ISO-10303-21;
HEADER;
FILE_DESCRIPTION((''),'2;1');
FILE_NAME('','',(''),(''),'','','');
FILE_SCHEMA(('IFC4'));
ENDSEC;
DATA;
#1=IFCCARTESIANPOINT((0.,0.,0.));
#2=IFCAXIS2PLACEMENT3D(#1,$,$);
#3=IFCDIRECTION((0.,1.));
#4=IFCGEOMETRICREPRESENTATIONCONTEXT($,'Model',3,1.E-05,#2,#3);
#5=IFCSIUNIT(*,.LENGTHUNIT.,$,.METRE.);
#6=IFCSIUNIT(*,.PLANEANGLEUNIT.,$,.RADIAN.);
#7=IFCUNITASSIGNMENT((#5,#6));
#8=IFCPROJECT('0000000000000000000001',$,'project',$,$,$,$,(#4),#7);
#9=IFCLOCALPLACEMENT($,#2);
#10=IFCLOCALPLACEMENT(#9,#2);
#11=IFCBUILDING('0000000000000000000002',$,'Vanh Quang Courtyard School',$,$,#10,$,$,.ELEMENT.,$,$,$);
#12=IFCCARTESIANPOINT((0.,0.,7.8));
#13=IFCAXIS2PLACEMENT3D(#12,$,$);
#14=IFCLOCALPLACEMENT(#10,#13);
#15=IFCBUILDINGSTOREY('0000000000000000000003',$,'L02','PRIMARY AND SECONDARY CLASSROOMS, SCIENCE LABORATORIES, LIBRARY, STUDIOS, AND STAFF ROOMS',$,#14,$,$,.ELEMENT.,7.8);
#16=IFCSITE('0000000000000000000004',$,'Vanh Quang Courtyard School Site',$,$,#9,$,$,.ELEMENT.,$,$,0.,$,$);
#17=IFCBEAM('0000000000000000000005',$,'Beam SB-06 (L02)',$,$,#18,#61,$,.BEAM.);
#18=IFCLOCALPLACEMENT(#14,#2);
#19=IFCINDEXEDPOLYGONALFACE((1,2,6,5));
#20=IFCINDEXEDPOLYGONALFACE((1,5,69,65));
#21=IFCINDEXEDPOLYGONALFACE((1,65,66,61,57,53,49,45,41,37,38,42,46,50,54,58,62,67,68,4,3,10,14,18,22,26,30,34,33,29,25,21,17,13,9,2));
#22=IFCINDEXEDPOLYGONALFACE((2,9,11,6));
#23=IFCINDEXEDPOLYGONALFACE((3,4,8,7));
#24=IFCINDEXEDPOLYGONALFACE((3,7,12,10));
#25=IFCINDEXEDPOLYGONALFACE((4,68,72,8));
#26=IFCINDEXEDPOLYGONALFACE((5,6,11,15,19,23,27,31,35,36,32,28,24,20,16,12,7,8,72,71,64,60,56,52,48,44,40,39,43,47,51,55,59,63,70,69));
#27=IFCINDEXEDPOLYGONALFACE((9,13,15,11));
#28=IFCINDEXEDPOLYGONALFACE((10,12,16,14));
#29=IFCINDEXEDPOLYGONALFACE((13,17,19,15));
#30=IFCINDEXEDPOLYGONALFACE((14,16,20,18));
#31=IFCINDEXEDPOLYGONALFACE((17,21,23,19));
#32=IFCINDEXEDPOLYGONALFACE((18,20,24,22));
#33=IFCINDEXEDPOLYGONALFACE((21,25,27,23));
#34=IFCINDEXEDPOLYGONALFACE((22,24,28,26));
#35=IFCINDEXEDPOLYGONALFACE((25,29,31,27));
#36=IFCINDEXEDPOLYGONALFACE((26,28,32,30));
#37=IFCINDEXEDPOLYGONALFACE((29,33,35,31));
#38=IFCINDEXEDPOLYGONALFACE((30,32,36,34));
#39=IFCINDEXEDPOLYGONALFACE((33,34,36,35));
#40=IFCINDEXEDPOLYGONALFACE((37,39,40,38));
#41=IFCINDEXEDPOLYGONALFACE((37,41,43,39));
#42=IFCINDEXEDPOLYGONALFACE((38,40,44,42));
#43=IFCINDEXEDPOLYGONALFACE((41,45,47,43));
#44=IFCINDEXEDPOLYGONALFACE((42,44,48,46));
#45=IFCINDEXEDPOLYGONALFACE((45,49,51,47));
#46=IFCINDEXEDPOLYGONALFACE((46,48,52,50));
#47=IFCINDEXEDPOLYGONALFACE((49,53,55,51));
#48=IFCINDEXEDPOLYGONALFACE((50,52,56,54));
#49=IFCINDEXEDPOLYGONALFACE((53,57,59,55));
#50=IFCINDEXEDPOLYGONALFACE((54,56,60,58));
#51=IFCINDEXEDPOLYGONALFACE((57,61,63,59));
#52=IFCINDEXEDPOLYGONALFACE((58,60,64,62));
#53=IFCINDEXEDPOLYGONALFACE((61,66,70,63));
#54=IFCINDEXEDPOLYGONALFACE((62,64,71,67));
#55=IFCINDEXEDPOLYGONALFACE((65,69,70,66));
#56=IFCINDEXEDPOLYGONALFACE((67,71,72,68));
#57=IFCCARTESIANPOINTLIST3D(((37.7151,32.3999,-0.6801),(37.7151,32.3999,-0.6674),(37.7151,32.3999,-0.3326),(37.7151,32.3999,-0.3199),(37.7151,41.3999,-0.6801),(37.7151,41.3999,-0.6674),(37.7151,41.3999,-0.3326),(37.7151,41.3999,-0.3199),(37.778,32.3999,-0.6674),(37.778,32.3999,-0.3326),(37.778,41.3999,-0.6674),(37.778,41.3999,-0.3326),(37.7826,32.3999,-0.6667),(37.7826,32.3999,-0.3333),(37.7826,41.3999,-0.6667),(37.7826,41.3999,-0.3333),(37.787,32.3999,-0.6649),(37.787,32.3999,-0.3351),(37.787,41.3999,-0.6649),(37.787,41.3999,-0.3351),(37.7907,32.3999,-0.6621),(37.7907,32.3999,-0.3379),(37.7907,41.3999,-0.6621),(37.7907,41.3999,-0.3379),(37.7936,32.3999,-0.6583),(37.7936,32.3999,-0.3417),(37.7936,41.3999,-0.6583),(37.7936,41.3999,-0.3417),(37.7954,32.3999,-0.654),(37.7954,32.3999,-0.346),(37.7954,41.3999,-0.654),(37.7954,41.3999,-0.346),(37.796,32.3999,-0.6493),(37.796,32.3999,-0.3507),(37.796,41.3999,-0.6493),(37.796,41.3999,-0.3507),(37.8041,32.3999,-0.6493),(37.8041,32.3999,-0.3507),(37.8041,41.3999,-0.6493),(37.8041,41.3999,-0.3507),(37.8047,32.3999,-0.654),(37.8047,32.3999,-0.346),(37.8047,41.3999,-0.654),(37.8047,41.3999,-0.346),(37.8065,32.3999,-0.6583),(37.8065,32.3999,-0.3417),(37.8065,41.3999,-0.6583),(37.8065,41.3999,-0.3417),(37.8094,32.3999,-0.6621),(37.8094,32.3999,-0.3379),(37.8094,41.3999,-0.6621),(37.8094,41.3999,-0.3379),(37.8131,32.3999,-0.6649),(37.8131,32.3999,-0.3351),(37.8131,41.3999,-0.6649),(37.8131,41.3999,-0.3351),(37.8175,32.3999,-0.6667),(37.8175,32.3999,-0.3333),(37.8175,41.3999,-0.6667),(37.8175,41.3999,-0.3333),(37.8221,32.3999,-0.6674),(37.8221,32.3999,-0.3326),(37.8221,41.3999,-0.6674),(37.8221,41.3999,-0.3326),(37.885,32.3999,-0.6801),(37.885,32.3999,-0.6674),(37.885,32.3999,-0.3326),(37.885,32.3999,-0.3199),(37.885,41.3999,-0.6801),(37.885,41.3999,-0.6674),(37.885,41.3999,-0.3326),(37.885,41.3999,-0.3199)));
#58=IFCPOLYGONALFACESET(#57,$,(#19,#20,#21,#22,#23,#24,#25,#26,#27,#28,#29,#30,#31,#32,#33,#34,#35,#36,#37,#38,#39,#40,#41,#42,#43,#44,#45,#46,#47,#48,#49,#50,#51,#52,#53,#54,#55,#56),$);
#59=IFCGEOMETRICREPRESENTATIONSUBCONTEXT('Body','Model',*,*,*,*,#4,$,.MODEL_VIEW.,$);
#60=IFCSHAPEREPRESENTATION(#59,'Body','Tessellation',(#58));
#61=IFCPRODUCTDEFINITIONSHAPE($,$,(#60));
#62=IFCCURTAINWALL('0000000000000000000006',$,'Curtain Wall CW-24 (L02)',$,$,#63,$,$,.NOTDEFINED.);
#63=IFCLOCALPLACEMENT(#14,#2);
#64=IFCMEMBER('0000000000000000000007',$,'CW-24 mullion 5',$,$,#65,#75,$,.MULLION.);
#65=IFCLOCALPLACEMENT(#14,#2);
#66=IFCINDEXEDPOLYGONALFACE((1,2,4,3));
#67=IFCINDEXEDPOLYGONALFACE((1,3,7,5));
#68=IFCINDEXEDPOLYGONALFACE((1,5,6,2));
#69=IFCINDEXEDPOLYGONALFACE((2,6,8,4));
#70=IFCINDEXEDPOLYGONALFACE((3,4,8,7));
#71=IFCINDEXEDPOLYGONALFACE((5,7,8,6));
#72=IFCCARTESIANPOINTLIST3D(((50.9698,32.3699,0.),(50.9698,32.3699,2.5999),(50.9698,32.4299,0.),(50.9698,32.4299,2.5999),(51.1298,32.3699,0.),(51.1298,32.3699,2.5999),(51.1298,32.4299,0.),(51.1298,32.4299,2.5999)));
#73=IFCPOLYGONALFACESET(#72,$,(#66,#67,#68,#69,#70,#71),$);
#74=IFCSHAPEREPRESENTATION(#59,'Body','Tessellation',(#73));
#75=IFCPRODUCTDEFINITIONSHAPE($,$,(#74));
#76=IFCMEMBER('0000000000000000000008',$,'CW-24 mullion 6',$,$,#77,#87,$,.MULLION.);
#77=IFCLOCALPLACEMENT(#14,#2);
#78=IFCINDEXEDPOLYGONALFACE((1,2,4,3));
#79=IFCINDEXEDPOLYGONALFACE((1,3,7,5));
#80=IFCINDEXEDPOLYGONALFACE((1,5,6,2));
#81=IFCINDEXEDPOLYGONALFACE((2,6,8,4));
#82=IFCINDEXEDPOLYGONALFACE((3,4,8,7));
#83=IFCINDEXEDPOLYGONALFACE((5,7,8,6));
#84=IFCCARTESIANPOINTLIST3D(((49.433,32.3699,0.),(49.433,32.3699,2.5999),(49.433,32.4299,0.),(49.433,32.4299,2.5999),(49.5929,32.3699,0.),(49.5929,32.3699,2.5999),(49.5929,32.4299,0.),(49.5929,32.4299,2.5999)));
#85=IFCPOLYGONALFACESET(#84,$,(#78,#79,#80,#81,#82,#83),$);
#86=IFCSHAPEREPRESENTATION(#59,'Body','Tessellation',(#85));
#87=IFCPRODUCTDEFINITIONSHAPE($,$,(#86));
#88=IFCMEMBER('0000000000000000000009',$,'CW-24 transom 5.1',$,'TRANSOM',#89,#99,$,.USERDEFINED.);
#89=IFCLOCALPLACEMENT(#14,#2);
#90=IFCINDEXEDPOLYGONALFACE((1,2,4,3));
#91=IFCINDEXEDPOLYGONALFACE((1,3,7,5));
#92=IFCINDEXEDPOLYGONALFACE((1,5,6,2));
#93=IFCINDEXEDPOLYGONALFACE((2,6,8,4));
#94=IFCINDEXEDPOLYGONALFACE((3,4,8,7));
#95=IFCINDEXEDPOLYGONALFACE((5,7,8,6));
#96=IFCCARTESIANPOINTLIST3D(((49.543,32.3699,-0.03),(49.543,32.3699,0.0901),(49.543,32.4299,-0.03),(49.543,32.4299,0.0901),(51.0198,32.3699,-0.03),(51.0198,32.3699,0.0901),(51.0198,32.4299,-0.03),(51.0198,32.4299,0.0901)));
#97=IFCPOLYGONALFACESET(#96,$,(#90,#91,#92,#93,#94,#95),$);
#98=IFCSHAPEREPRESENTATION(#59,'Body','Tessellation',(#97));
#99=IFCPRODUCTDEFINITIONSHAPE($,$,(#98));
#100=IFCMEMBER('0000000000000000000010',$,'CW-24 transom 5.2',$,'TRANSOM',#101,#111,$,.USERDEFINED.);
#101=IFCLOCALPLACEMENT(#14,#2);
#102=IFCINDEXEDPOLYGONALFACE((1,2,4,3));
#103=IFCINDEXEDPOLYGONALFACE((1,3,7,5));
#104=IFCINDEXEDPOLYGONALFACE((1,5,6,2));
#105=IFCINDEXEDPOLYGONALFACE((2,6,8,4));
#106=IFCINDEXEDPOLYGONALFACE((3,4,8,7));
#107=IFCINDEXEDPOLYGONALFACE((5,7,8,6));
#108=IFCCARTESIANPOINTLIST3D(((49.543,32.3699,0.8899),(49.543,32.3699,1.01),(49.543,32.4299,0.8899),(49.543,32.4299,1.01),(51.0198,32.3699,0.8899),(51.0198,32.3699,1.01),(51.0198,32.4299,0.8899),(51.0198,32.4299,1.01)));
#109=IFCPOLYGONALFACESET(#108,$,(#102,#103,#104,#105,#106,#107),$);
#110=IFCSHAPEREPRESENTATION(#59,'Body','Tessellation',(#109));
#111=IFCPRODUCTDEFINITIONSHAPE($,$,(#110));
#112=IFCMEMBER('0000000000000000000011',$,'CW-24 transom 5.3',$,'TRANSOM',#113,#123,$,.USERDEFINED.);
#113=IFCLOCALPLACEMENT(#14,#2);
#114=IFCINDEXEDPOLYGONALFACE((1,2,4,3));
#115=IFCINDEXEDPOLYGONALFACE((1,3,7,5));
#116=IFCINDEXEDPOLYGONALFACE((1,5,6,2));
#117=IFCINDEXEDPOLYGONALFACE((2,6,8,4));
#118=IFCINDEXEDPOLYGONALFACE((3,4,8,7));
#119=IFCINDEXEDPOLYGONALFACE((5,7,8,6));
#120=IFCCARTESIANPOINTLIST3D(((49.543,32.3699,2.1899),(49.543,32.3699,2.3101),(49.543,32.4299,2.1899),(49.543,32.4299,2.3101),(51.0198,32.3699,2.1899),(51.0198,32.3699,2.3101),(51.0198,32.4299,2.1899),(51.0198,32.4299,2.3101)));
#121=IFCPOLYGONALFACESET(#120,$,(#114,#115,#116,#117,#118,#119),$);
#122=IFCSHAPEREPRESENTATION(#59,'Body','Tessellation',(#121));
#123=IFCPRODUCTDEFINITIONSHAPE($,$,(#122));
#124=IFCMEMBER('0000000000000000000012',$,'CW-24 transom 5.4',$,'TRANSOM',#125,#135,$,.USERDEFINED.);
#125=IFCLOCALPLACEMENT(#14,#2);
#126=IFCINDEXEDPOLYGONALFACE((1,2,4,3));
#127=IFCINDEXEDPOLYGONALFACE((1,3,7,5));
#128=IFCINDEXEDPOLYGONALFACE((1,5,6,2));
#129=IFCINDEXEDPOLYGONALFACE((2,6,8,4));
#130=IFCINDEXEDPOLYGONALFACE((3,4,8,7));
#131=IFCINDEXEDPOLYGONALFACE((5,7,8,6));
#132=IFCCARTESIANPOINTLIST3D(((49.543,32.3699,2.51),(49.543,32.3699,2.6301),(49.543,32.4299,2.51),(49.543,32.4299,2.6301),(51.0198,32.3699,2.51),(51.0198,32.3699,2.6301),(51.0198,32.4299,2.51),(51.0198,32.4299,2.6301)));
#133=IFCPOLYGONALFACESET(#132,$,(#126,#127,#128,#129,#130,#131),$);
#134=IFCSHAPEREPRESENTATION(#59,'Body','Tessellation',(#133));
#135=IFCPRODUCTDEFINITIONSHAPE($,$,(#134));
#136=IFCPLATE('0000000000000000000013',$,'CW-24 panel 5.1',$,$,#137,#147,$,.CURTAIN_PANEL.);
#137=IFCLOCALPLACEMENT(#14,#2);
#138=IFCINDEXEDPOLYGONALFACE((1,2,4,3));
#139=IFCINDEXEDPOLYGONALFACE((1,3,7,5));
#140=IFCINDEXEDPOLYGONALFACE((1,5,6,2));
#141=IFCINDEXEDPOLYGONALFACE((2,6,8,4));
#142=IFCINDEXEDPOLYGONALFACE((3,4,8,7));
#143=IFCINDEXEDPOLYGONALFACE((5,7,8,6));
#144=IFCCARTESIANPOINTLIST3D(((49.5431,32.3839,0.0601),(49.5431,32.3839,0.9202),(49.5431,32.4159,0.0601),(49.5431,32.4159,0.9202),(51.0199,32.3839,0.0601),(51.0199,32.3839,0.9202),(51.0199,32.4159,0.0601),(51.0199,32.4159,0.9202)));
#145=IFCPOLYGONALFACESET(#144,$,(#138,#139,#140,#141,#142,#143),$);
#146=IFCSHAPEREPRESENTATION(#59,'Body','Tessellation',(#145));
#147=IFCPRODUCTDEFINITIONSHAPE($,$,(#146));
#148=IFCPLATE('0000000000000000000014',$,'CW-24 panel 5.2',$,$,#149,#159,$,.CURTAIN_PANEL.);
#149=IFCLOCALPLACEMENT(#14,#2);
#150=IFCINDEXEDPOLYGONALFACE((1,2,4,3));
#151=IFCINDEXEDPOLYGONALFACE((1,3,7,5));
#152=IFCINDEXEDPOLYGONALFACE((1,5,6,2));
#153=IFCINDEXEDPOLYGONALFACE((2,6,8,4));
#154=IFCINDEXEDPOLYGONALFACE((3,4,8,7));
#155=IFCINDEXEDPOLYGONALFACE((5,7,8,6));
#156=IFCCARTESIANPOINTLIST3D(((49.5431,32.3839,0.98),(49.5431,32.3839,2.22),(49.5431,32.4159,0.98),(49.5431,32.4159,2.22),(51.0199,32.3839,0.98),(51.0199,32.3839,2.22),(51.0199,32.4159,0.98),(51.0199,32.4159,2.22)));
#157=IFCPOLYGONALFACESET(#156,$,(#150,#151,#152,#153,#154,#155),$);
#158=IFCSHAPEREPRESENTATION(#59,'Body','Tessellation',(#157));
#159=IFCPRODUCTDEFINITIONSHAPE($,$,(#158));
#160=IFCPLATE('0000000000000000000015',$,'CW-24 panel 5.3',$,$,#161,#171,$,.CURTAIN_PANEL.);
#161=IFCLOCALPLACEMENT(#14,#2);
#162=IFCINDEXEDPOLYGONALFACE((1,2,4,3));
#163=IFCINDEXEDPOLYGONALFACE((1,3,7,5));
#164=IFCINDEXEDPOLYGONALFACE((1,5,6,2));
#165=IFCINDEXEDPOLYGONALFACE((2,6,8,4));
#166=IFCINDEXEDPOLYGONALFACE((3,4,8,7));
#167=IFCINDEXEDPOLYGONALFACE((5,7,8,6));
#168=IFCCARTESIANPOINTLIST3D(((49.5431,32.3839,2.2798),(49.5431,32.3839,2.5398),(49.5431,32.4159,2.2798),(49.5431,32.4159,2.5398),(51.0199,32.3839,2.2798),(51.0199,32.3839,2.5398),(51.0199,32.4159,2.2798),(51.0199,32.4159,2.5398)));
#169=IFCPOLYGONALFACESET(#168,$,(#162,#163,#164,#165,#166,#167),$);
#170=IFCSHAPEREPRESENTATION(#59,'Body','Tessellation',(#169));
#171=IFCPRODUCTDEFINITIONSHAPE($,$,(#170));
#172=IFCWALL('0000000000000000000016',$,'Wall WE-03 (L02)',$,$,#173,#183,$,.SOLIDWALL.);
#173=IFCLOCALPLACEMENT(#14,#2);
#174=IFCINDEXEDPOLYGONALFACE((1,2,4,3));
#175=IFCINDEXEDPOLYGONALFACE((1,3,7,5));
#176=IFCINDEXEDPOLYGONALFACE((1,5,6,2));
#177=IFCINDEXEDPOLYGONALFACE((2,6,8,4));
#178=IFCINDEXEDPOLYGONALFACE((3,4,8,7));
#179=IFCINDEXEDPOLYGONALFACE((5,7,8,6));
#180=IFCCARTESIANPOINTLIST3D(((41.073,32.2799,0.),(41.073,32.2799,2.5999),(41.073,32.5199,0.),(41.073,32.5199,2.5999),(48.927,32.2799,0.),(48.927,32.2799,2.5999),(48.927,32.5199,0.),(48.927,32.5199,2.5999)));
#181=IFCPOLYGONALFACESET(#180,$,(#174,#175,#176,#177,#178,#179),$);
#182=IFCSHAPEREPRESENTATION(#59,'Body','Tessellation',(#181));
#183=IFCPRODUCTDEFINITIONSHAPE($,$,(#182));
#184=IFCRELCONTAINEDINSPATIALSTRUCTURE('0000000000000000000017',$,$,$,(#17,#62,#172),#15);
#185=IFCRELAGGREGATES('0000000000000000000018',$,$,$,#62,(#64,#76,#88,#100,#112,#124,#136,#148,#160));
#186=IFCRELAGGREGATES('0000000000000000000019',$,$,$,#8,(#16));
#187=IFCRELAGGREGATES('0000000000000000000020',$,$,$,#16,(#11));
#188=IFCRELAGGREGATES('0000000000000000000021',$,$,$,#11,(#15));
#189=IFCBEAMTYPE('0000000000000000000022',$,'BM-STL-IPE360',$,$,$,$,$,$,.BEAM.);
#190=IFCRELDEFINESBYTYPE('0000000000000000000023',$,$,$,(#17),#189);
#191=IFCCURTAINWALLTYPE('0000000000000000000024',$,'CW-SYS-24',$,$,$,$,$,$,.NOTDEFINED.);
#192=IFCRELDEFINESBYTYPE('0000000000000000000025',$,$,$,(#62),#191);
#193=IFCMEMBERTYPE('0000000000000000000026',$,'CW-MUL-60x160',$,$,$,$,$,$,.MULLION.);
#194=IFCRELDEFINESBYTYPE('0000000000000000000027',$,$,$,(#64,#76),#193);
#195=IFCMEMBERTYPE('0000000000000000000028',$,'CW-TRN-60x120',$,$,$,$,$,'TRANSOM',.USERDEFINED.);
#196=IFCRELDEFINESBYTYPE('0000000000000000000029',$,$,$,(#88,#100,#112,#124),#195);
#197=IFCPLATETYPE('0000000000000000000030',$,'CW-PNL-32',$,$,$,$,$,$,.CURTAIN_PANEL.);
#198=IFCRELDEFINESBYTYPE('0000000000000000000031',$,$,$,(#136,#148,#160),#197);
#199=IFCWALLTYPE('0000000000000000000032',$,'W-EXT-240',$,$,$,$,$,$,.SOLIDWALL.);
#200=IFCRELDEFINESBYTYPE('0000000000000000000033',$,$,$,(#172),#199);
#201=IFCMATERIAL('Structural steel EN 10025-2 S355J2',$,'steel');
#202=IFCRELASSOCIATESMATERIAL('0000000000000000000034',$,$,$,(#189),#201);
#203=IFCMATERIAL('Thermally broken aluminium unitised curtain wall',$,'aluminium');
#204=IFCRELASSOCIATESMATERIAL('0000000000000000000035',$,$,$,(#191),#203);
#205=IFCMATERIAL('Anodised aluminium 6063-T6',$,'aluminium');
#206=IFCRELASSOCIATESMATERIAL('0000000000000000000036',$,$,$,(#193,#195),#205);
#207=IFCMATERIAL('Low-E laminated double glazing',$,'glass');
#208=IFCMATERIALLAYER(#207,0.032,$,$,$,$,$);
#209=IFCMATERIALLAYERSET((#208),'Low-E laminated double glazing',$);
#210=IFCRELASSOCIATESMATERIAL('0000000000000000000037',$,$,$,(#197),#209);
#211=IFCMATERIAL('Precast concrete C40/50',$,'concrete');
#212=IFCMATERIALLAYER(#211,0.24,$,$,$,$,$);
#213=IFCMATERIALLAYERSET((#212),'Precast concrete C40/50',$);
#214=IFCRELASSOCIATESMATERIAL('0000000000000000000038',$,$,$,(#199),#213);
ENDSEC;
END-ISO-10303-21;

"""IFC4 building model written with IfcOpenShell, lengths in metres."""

from ifc_helpers import new_model, si_unit, direction, frame, frame_2d, origin, origin_2d, place, context, subcontext, project, spatial, rectangle, i_section, extrude, material, layer, layer_set, material_profile, profile_set, type_object, element, aggregate, save


model = new_model("IFC4")

# Units and contexts
model_context = context("Model", 3, precision=1e-05, world=origin(), true_north=direction((0.0, 1.0)))
body_context = subcontext(model_context, "Body", "Model", "MODEL_VIEW")
ifc_project = project(units=[si_unit("LENGTHUNIT", "METRE"), si_unit("PLANEANGLEUNIT", "RADIAN")], contexts=[model_context])

# Site, building, storey
site_placement = place(None, origin())
site = spatial("IfcSite", under=ifc_project, at=site_placement, Name="Vanh Quang Courtyard School Site", CompositionType="ELEMENT", RefElevation=0.0)
building_placement = place(site_placement, origin())
building = spatial("IfcBuilding", under=site, at=building_placement, Name="Vanh Quang Courtyard School", CompositionType="ELEMENT")
storey_placement = place(building_placement, frame((0.0, 0.0, 7.8)))
storey = spatial("IfcBuildingStorey", under=building, at=storey_placement, Name="L02", Description="PRIMARY AND SECONDARY CLASSROOMS, SCIENCE LABORATORIES, LIBRARY, STUDIOS, AND STAFF ROOMS", CompositionType="ELEMENT", Elevation=7.8)

# Shared definitions
ifc_material_1 = material(Name="Structural steel EN 10025-2 S355J2", Category="steel")

# Beam
ifc_material_profile_1 = material_profile(ifc_material_1, i_section(OverallWidth=0.1699, OverallDepth=0.3601, WebThickness=0.0081, FlangeThickness=0.0127, FilletRadius=0.0181, at=origin_2d()), Name="IPE 360")
ifc_profile_set_1 = profile_set([ifc_material_profile_1], Name="Structural steel EN 10025-2 S355J2")
beam_type_1 = type_object("IfcBeamType", Name="BM-STL-IPE360", PredefinedType="BEAM", material=ifc_profile_set_1)
beam_1_placement = place(storey_placement, frame((37.8, 32.3999, -0.5), z_axis=(0.0, 1.0, 0.0), x_axis=(-1.0, 0.0, 0.0)))
element("IfcBeam", 1, at=beam_1_placement, inside=storey, type_object=beam_type_1, Name="Beam SB-06 (L02)", PredefinedType="BEAM", context=body_context, shape_type="SweptSolid", body=[
    extrude(i_section(OverallWidth=0.1699, OverallDepth=0.3601, WebThickness=0.0081, FlangeThickness=0.0127, FilletRadius=0.0181, at=origin_2d()), origin(), (0.0, 0.0, 1.0), 9.0),
])

# Curtain wall, members, plates
ifc_material_2 = material(Name="Thermally broken aluminium unitised curtain wall", Category="aluminium")
curtain_wall_type = type_object("IfcCurtainWallType", Name="CW-SYS-24", PredefinedType="NOTDEFINED", material=ifc_material_2)
curtain_wall_placement = place(storey_placement, origin())
curtain_wall = element("IfcCurtainWall", 2, at=curtain_wall_placement, inside=storey, type_object=curtain_wall_type, Name="Curtain Wall CW-24 (L02)", PredefinedType="NOTDEFINED")
ifc_material_3 = material(Name="Anodised aluminium 6063-T6", Category="aluminium")
ifc_material_profile_2 = material_profile(ifc_material_3, rectangle(XDim=0.0601, YDim=0.1599, at=origin_2d()), Name="ALU-MUL 60x160")
ifc_profile_set_2 = profile_set([ifc_material_profile_2], Name="Anodised aluminium 6063-T6")
member_type_1 = type_object("IfcMemberType", Name="CW-MUL-60x160", PredefinedType="MULLION", material=ifc_profile_set_2)
member_1_placement = place(storey_placement, frame((51.0498, 32.3999, 0.0), z_axis=(0.0, 0.0, 1.0), x_axis=(0.0, -1.0, 0.0)))
member_1 = element("IfcMember", 3, at=member_1_placement, type_object=member_type_1, Name="CW-24 mullion 5", PredefinedType="MULLION", context=body_context, shape_type="SweptSolid", body=[
    extrude(rectangle(XDim=0.0601, YDim=0.1599, at=origin_2d()), origin(), (0.0, 0.0, 1.0), 2.5999),
])
member_2_placement = place(storey_placement, frame((49.5129, 32.3999, 0.0), z_axis=(0.0, 0.0, 1.0), x_axis=(0.0, -1.0, 0.0)))
member_2 = element("IfcMember", 4, at=member_2_placement, type_object=member_type_1, Name="CW-24 mullion 6", PredefinedType="MULLION", context=body_context, shape_type="SweptSolid", body=[
    extrude(rectangle(XDim=0.0601, YDim=0.1599, at=origin_2d()), origin(), (0.0, 0.0, 1.0), 2.5999),
])
ifc_material_profile_3 = material_profile(ifc_material_3, rectangle(XDim=0.0601, YDim=0.1201, at=origin_2d()), Name="ALU-TRN 60x120")
ifc_profile_set_3 = profile_set([ifc_material_profile_3], Name="Anodised aluminium 6063-T6")
member_type_2 = type_object("IfcMemberType", Name="CW-TRN-60x120", ElementType="TRANSOM", PredefinedType="USERDEFINED", material=ifc_profile_set_3)
member_3_placement = place(storey_placement, frame((51.0198, 32.3999, 0.03), z_axis=(-1.0, 0.0, 0.0), x_axis=(0.0, -1.0, 0.0)))
member_3 = element("IfcMember", 5, at=member_3_placement, type_object=member_type_2, Name="CW-24 transom 5.1", ObjectType="TRANSOM", PredefinedType="USERDEFINED", context=body_context, shape_type="SweptSolid", body=[
    extrude(rectangle(XDim=0.0601, YDim=0.1201, at=origin_2d()), origin(), (0.0, 0.0, 1.0), 1.4768),
])
member_4_placement = place(storey_placement, frame((51.0198, 32.3999, 0.95), z_axis=(-1.0, 0.0, 0.0), x_axis=(0.0, -1.0, 0.0)))
member_4 = element("IfcMember", 6, at=member_4_placement, type_object=member_type_2, Name="CW-24 transom 5.2", ObjectType="TRANSOM", PredefinedType="USERDEFINED", context=body_context, shape_type="SweptSolid", body=[
    extrude(rectangle(XDim=0.0601, YDim=0.1201, at=origin_2d()), origin(), (0.0, 0.0, 1.0), 1.4768),
])
member_5_placement = place(storey_placement, frame((51.0198, 32.3999, 2.25), z_axis=(-1.0, 0.0, 0.0), x_axis=(0.0, -1.0, 0.0)))
member_5 = element("IfcMember", 7, at=member_5_placement, type_object=member_type_2, Name="CW-24 transom 5.3", ObjectType="TRANSOM", PredefinedType="USERDEFINED", context=body_context, shape_type="SweptSolid", body=[
    extrude(rectangle(XDim=0.0601, YDim=0.1201, at=origin_2d()), origin(), (0.0, 0.0, 1.0), 1.4768),
])
member_6_placement = place(storey_placement, frame((51.0198, 32.3999, 2.5701), z_axis=(-1.0, 0.0, 0.0), x_axis=(0.0, -1.0, 0.0)))
member_6 = element("IfcMember", 8, at=member_6_placement, type_object=member_type_2, Name="CW-24 transom 5.4", ObjectType="TRANSOM", PredefinedType="USERDEFINED", context=body_context, shape_type="SweptSolid", body=[
    extrude(rectangle(XDim=0.0601, YDim=0.1201, at=origin_2d()), origin(), (0.0, 0.0, 1.0), 1.4768),
])
ifc_material_4 = material(Name="Low-E laminated double glazing", Category="glass")
ifc_layer_1 = layer(ifc_material_4, 0.032)
ifc_layer_set_1 = layer_set([ifc_layer_1], Name="Low-E laminated double glazing")
plate_type = type_object("IfcPlateType", Name="CW-PNL-32", PredefinedType="CURTAIN_PANEL", material=ifc_layer_set_1)
plate_1_placement = place(storey_placement, frame((50.2815, 32.3999, 0.0601), z_axis=(0.0, 0.0, 1.0), x_axis=(-1.0, 0.0, 0.0)))
plate_1 = element("IfcPlate", 9, at=plate_1_placement, type_object=plate_type, Name="CW-24 panel 5.1", PredefinedType="CURTAIN_PANEL", context=body_context, shape_type="SweptSolid", body=[
    extrude(rectangle(XDim=1.4768, YDim=0.032, at=origin_2d()), origin(), (0.0, 0.0, 1.0), 0.8601),
])
plate_2_placement = place(storey_placement, frame((50.2815, 32.3999, 0.98), z_axis=(0.0, 0.0, 1.0), x_axis=(-1.0, 0.0, 0.0)))
plate_2 = element("IfcPlate", 10, at=plate_2_placement, type_object=plate_type, Name="CW-24 panel 5.2", PredefinedType="CURTAIN_PANEL", context=body_context, shape_type="SweptSolid", body=[
    extrude(rectangle(XDim=1.4768, YDim=0.032, at=origin_2d()), origin(), (0.0, 0.0, 1.0), 1.24),
])
plate_3_placement = place(storey_placement, frame((50.2815, 32.3999, 2.2798), z_axis=(0.0, 0.0, 1.0), x_axis=(-1.0, 0.0, 0.0)))
plate_3 = element("IfcPlate", 11, at=plate_3_placement, type_object=plate_type, Name="CW-24 panel 5.3", PredefinedType="CURTAIN_PANEL", context=body_context, shape_type="SweptSolid", body=[
    extrude(rectangle(XDim=1.4768, YDim=0.032, at=origin_2d()), origin(), (0.0, 0.0, 1.0), 0.26),
])
aggregate(curtain_wall, [member_1, member_2, member_3, member_4, member_5, member_6, plate_1, plate_2, plate_3])

# Wall
ifc_material_5 = material(Name="Precast concrete C40/50", Category="concrete")
ifc_layer_2 = layer(ifc_material_5, 0.24)
ifc_layer_set_2 = layer_set([ifc_layer_2], Name="Precast concrete C40/50")
wall_type = type_object("IfcWallType", Name="W-EXT-240", PredefinedType="SOLIDWALL", material=ifc_layer_set_2)
wall_1_placement = place(storey_placement, frame((48.927, 32.3999, 0.0), z_axis=(0.0, 0.0, 1.0), x_axis=(-1.0, 0.0, 0.0)))
element("IfcWall", 12, at=wall_1_placement, inside=storey, type_object=wall_type, Name="Wall WE-03 (L02)", PredefinedType="SOLIDWALL", context=body_context, shape_type="SweptSolid", body=[
    extrude(rectangle(XDim=7.854, YDim=0.24, at=frame_2d((3.927, 0.0))), origin(), (0.0, 0.0, 1.0), 2.5999),
])

save(model, "model.ifc")
